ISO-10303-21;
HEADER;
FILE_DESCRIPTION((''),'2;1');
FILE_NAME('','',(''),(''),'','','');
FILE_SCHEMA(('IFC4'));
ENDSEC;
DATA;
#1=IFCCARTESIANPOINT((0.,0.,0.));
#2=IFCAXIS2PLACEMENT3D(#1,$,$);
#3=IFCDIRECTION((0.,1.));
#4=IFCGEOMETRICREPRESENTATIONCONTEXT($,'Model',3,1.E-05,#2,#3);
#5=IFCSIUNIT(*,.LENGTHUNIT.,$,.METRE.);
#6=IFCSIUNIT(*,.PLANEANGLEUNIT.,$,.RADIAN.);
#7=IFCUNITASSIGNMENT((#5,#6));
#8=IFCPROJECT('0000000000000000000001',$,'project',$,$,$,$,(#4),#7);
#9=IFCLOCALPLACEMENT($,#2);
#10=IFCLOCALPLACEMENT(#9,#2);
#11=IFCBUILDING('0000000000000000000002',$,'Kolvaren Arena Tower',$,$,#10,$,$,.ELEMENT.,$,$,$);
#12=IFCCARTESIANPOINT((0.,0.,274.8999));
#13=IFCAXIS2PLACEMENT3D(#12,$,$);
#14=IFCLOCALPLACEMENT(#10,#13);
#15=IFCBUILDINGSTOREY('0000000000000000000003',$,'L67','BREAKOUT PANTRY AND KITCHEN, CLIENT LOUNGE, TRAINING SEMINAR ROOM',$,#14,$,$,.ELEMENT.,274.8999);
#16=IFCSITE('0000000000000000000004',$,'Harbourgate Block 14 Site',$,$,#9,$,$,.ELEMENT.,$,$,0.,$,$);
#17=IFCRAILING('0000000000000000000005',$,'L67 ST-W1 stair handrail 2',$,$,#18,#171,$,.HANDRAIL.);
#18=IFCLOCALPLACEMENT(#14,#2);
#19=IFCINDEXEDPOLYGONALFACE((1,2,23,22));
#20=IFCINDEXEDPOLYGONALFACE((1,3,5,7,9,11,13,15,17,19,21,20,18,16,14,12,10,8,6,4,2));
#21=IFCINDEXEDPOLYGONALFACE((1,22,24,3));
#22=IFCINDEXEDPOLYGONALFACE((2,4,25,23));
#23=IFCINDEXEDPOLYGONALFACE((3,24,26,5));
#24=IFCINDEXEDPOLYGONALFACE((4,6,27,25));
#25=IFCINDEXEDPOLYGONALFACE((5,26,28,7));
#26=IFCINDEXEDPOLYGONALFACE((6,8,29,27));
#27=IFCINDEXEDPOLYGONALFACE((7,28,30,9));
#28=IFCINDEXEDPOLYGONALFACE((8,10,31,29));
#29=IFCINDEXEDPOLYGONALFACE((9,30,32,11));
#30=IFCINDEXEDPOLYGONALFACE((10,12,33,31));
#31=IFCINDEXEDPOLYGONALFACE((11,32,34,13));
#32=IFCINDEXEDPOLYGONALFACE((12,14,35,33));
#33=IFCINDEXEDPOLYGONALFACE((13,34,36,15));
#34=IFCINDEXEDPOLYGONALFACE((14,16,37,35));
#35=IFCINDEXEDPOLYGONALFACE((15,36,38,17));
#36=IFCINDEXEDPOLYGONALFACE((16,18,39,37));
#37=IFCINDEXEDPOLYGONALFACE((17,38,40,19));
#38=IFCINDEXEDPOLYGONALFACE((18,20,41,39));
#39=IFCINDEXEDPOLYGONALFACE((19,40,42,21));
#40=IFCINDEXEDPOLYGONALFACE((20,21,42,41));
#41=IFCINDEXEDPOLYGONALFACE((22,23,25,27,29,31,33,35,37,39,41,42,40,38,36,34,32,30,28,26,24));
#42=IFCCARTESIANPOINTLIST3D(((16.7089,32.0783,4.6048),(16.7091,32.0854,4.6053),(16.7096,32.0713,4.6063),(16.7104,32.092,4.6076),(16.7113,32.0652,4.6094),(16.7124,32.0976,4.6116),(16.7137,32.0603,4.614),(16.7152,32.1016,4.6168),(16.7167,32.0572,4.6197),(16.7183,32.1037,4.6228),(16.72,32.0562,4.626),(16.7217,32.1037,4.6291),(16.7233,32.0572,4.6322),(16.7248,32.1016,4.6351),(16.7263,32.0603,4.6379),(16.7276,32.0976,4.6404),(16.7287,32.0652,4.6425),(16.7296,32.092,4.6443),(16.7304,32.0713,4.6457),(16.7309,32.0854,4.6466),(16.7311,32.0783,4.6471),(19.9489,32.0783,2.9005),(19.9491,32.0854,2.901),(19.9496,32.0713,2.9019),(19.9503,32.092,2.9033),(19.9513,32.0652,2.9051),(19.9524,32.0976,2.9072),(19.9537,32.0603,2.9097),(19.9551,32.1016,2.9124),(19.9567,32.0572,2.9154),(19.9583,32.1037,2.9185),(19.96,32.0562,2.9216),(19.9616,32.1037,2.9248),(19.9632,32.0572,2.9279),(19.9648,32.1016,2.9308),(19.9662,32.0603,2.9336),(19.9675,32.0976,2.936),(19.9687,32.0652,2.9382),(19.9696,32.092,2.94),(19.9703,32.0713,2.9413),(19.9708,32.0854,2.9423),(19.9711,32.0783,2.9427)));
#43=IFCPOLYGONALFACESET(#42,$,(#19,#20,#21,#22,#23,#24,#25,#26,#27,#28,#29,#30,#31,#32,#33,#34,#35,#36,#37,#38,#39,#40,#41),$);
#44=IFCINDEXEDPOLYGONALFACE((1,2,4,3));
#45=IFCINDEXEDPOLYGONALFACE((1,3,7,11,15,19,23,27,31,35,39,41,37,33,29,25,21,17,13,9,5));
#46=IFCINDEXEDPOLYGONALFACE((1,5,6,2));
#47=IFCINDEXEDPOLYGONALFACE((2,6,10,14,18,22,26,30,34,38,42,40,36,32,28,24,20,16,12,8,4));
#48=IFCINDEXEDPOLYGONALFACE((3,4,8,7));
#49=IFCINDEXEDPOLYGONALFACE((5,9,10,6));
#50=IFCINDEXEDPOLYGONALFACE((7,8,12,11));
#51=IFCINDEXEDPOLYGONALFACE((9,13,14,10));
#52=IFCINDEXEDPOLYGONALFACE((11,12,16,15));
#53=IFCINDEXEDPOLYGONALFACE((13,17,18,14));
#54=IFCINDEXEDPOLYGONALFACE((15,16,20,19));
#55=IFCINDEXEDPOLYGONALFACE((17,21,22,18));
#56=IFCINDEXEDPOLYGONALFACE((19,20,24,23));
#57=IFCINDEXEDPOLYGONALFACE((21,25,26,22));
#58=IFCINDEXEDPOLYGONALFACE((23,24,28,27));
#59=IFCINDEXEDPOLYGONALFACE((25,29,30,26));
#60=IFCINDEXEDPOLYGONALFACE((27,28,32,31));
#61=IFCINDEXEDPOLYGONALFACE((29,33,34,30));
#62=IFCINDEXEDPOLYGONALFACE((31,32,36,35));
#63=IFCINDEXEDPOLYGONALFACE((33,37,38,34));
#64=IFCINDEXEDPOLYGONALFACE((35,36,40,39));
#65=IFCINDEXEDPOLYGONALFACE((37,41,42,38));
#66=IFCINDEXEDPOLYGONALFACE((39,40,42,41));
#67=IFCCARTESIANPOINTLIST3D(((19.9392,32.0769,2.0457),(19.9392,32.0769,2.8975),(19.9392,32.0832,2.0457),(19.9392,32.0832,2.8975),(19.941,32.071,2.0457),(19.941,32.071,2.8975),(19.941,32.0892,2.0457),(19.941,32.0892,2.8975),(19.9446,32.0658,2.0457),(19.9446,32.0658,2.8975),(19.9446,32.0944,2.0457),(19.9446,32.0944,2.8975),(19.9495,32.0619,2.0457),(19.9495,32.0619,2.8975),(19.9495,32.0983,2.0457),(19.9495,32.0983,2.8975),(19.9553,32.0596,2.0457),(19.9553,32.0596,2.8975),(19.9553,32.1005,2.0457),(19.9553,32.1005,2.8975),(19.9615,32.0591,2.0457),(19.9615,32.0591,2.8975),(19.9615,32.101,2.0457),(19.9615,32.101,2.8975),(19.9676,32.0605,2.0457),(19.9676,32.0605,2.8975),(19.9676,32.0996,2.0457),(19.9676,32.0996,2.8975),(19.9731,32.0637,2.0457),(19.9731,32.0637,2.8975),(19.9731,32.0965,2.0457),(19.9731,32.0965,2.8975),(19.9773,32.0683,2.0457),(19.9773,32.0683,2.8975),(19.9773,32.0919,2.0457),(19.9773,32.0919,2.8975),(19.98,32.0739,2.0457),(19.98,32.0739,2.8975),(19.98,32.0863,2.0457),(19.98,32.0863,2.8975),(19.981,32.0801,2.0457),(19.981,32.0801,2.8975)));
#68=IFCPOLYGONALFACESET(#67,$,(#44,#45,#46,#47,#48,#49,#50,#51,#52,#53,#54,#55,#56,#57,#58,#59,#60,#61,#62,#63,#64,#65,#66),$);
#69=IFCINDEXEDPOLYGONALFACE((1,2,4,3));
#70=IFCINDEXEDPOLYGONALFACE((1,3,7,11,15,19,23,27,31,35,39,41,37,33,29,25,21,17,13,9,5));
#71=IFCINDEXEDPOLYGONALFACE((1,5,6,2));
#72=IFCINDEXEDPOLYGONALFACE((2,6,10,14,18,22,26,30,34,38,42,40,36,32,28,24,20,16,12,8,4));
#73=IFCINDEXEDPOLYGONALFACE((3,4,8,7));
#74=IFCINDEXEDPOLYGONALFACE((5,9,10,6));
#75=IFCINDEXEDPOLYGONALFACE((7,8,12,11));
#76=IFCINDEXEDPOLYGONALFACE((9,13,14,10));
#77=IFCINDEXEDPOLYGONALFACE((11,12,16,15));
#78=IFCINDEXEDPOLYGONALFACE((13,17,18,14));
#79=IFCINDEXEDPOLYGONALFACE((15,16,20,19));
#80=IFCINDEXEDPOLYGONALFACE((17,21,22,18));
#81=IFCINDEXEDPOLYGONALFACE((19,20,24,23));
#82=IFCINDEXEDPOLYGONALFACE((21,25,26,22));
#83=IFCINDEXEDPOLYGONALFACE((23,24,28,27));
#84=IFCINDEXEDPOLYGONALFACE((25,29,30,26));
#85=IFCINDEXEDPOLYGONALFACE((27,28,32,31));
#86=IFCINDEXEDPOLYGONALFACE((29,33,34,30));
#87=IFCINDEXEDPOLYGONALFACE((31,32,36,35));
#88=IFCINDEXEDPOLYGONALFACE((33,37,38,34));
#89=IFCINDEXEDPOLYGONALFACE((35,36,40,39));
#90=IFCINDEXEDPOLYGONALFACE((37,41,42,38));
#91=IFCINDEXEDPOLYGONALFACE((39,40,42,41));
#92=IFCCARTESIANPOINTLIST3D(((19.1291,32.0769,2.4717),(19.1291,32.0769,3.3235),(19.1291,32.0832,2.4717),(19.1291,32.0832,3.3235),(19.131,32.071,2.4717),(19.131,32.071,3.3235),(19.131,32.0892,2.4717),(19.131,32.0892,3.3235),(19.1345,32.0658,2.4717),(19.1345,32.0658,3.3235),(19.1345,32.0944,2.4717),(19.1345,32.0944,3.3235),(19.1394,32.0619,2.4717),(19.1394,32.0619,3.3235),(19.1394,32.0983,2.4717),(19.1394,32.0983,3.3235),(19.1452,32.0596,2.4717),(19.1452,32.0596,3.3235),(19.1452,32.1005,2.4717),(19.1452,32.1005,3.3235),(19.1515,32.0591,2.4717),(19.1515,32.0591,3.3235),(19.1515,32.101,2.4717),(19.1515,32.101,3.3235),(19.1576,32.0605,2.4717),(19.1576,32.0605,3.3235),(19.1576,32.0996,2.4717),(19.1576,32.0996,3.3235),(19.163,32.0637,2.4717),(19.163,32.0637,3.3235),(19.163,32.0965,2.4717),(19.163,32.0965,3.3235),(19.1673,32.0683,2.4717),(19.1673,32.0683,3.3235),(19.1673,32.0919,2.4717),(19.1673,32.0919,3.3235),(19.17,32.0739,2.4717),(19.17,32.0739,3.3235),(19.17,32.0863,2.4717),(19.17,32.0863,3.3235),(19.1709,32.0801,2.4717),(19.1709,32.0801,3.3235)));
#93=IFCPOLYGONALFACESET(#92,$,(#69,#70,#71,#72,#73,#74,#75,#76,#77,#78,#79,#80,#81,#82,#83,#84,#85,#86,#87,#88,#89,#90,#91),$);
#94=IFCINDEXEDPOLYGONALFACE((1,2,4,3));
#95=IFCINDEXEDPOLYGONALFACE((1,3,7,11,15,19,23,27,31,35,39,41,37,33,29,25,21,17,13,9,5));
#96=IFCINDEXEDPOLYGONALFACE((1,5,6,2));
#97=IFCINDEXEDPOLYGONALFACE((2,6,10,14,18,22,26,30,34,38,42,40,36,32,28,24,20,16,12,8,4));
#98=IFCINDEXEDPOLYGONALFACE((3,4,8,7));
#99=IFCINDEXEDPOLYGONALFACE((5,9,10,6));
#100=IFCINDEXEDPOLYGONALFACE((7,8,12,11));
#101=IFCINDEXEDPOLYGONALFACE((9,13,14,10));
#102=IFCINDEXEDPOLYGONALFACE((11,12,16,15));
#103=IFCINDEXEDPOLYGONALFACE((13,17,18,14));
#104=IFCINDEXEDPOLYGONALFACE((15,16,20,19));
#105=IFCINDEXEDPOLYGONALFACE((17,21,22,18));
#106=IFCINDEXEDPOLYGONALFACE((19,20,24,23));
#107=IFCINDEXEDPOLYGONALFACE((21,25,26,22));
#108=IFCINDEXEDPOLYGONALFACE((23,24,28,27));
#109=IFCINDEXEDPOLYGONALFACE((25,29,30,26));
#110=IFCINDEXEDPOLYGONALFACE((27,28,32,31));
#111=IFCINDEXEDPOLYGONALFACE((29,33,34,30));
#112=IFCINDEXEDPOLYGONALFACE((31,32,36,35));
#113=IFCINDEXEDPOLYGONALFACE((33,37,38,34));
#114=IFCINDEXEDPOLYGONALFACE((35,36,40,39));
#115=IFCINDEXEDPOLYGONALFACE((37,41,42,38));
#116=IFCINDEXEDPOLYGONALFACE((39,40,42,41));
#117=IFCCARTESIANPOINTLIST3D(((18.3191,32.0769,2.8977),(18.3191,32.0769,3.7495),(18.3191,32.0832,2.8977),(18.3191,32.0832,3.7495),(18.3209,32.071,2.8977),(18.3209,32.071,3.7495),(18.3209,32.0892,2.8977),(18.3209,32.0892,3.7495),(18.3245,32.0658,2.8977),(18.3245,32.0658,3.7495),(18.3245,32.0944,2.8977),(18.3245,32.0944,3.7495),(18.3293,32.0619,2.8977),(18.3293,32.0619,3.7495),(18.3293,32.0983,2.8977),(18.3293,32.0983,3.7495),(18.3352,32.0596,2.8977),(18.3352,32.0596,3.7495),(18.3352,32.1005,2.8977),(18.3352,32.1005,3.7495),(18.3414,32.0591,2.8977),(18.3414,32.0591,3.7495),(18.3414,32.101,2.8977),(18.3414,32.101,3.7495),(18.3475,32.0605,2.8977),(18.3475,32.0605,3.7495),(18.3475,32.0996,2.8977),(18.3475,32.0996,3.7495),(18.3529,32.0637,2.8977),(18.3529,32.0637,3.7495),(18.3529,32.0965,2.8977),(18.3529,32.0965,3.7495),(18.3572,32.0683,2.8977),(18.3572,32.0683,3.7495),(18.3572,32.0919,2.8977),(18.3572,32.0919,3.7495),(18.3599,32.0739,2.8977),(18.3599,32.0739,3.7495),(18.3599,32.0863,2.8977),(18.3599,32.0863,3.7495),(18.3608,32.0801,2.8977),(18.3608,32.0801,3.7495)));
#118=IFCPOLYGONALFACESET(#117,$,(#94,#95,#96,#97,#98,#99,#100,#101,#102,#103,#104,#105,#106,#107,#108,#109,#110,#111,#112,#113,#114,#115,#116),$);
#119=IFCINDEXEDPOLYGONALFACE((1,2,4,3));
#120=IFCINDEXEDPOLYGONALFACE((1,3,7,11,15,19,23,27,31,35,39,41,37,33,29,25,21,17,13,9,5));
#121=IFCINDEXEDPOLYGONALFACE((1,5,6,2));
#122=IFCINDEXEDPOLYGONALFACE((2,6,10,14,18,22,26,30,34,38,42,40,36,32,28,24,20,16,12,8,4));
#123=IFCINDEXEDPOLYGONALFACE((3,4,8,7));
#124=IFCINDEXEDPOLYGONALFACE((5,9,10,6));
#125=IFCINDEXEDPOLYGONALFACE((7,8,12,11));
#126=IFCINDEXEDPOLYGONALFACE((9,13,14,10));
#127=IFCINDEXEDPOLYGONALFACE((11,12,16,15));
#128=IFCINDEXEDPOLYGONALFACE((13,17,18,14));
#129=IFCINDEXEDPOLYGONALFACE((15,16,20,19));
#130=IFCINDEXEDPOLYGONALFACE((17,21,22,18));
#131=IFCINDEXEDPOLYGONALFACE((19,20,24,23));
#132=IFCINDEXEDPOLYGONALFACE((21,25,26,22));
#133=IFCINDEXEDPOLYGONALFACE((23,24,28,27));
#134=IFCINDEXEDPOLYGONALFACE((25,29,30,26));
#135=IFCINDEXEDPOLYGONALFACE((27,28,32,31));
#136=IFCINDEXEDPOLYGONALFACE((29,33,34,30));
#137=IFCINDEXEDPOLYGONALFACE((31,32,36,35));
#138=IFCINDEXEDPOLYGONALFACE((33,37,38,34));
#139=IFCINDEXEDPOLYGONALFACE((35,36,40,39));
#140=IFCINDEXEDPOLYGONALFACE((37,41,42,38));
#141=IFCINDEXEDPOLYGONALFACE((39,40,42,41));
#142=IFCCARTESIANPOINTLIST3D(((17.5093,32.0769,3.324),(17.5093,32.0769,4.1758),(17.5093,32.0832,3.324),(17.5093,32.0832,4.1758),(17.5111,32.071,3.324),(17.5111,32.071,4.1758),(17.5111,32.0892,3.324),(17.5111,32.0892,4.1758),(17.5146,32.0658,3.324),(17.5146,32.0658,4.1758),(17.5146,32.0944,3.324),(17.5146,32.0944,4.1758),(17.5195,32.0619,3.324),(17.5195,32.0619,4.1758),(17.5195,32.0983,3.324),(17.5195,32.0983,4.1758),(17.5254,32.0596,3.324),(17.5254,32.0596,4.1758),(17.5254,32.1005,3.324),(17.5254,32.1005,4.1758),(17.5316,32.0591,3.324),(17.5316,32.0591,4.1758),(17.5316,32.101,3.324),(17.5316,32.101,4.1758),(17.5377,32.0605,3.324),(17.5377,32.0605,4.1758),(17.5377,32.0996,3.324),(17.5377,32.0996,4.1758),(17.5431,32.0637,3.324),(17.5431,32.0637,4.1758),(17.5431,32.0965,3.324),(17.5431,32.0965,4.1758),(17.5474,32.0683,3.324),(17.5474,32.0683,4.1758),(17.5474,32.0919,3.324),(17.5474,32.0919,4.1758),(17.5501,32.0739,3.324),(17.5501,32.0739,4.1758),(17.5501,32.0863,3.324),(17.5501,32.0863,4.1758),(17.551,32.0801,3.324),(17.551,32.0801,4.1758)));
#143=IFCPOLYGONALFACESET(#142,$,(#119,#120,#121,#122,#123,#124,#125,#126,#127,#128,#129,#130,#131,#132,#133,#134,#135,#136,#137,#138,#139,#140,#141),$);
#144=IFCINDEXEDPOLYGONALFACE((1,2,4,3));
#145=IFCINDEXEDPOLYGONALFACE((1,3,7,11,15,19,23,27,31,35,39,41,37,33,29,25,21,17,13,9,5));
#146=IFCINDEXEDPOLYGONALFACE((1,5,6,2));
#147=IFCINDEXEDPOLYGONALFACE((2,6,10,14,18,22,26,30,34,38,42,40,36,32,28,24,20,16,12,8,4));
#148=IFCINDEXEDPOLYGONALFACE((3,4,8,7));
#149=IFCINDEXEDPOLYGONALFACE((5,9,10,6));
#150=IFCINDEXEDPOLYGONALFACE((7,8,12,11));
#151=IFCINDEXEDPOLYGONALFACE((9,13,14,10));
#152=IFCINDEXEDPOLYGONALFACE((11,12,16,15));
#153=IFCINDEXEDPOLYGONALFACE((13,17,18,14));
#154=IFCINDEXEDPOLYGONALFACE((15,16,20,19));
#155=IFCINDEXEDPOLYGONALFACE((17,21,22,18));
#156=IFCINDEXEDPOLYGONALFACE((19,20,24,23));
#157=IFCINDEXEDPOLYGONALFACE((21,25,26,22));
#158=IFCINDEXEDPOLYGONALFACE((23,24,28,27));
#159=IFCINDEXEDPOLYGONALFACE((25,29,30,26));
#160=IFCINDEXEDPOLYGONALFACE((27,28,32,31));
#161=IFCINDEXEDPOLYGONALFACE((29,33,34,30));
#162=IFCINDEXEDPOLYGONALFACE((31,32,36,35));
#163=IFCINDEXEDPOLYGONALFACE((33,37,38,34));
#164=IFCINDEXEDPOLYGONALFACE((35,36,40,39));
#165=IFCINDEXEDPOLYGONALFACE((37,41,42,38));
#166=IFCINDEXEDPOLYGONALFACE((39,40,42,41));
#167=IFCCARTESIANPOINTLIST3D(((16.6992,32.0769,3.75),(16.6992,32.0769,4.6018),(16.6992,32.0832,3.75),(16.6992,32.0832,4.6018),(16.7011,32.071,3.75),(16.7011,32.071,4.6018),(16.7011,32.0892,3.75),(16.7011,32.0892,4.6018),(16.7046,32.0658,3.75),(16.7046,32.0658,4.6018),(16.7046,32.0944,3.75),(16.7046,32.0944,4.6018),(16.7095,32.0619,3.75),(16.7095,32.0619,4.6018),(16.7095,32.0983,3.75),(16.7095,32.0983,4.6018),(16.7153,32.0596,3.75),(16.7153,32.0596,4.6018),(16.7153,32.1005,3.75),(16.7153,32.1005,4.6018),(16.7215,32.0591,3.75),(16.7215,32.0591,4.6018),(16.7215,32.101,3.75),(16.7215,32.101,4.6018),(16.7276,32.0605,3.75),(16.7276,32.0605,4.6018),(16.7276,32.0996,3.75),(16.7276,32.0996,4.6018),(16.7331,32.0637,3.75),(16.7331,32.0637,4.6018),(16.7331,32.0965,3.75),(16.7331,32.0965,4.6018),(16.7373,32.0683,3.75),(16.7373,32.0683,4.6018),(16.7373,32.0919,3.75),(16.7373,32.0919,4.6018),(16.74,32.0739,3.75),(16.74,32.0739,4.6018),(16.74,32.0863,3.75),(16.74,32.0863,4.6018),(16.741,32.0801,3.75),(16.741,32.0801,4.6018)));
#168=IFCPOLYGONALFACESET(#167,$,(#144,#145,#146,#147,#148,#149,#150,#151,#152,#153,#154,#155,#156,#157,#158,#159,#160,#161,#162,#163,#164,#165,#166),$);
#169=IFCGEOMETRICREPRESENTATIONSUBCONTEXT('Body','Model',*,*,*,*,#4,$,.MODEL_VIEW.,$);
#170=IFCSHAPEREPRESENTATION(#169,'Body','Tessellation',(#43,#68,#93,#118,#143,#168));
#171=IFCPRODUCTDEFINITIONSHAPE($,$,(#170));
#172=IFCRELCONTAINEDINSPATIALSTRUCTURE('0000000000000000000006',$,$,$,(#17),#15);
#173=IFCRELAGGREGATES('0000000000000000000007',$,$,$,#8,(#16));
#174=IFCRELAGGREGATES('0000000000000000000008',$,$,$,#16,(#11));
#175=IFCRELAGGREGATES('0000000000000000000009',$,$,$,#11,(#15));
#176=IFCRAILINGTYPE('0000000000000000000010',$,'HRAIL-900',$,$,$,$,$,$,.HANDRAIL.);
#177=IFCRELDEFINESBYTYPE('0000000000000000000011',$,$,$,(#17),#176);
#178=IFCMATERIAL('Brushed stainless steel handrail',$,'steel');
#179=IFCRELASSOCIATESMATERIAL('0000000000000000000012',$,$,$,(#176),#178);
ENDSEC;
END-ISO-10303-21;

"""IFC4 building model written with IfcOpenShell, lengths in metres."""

from ifc_helpers import new_model, si_unit, direction, frame, origin, origin_2d, place, context, subcontext, project, spatial, circle, extrude, material, type_object, element, save


model = new_model("IFC4")

# Units and contexts
model_context = context("Model", 3, precision=1e-05, world=origin(), true_north=direction((0.0, 1.0)))
body_context = subcontext(model_context, "Body", "Model", "MODEL_VIEW")
ifc_project = project(units=[si_unit("LENGTHUNIT", "METRE"), si_unit("PLANEANGLEUNIT", "RADIAN")], contexts=[model_context])

# Site, building, storey
site_placement = place(None, origin())
site = spatial("IfcSite", under=ifc_project, at=site_placement, Name="Harbourgate Block 14 Site", CompositionType="ELEMENT", RefElevation=0.0)
building_placement = place(site_placement, origin())
building = spatial("IfcBuilding", under=site, at=building_placement, Name="Kolvaren Arena Tower", CompositionType="ELEMENT")
storey_placement = place(building_placement, frame((0.0, 0.0, 274.8999)))
storey = spatial("IfcBuildingStorey", under=building, at=storey_placement, Name="L67", Description="BREAKOUT PANTRY AND KITCHEN, CLIENT LOUNGE, TRAINING SEMINAR ROOM", CompositionType="ELEMENT", Elevation=274.8999)

# Railing
ifc_material_1 = material(Name="Brushed stainless steel handrail", Category="steel")
railing_type_1 = type_object("IfcRailingType", Name="HRAIL-900", PredefinedType="HANDRAIL", material=ifc_material_1)
railing_1_placement = place(storey_placement, frame((19.96, 32.0801, 2.0457)))
element("IfcRailing", 1, at=railing_1_placement, inside=storey, type_object=railing_type_1, Name="L67 ST-W1 stair handrail 2", PredefinedType="HANDRAIL", context=body_context, shape_type="SweptSolid", body=[
    extrude(circle(Radius=0.0239, at=origin_2d()), frame((0.0, 0.0, 0.876), z_axis=(-0.885021, 0.0, 0.465551), x_axis=(0.0, -1.0, 0.0)), (0.0, 0.0, 1.0), 3.6609),
    extrude(circle(Radius=0.021, at=origin_2d()), origin(), (0.0, 0.0, 1.0), 0.8518),
    extrude(circle(Radius=0.021, at=origin_2d()), frame((-0.8101, 0.0, 0.426)), (0.0, 0.0, 1.0), 0.8518),
    extrude(circle(Radius=0.021, at=origin_2d()), frame((-1.6201, 0.0, 0.8521)), (0.0, 0.0, 1.0), 0.8518),
    extrude(circle(Radius=0.021, at=origin_2d()), frame((-2.4299, 0.0, 1.2783)), (0.0, 0.0, 1.0), 0.8518),
    extrude(circle(Radius=0.021, at=origin_2d()), frame((-3.24, 0.0, 1.7043)), (0.0, 0.0, 1.0), 0.8518),
])

save(model, "model.ifc")
